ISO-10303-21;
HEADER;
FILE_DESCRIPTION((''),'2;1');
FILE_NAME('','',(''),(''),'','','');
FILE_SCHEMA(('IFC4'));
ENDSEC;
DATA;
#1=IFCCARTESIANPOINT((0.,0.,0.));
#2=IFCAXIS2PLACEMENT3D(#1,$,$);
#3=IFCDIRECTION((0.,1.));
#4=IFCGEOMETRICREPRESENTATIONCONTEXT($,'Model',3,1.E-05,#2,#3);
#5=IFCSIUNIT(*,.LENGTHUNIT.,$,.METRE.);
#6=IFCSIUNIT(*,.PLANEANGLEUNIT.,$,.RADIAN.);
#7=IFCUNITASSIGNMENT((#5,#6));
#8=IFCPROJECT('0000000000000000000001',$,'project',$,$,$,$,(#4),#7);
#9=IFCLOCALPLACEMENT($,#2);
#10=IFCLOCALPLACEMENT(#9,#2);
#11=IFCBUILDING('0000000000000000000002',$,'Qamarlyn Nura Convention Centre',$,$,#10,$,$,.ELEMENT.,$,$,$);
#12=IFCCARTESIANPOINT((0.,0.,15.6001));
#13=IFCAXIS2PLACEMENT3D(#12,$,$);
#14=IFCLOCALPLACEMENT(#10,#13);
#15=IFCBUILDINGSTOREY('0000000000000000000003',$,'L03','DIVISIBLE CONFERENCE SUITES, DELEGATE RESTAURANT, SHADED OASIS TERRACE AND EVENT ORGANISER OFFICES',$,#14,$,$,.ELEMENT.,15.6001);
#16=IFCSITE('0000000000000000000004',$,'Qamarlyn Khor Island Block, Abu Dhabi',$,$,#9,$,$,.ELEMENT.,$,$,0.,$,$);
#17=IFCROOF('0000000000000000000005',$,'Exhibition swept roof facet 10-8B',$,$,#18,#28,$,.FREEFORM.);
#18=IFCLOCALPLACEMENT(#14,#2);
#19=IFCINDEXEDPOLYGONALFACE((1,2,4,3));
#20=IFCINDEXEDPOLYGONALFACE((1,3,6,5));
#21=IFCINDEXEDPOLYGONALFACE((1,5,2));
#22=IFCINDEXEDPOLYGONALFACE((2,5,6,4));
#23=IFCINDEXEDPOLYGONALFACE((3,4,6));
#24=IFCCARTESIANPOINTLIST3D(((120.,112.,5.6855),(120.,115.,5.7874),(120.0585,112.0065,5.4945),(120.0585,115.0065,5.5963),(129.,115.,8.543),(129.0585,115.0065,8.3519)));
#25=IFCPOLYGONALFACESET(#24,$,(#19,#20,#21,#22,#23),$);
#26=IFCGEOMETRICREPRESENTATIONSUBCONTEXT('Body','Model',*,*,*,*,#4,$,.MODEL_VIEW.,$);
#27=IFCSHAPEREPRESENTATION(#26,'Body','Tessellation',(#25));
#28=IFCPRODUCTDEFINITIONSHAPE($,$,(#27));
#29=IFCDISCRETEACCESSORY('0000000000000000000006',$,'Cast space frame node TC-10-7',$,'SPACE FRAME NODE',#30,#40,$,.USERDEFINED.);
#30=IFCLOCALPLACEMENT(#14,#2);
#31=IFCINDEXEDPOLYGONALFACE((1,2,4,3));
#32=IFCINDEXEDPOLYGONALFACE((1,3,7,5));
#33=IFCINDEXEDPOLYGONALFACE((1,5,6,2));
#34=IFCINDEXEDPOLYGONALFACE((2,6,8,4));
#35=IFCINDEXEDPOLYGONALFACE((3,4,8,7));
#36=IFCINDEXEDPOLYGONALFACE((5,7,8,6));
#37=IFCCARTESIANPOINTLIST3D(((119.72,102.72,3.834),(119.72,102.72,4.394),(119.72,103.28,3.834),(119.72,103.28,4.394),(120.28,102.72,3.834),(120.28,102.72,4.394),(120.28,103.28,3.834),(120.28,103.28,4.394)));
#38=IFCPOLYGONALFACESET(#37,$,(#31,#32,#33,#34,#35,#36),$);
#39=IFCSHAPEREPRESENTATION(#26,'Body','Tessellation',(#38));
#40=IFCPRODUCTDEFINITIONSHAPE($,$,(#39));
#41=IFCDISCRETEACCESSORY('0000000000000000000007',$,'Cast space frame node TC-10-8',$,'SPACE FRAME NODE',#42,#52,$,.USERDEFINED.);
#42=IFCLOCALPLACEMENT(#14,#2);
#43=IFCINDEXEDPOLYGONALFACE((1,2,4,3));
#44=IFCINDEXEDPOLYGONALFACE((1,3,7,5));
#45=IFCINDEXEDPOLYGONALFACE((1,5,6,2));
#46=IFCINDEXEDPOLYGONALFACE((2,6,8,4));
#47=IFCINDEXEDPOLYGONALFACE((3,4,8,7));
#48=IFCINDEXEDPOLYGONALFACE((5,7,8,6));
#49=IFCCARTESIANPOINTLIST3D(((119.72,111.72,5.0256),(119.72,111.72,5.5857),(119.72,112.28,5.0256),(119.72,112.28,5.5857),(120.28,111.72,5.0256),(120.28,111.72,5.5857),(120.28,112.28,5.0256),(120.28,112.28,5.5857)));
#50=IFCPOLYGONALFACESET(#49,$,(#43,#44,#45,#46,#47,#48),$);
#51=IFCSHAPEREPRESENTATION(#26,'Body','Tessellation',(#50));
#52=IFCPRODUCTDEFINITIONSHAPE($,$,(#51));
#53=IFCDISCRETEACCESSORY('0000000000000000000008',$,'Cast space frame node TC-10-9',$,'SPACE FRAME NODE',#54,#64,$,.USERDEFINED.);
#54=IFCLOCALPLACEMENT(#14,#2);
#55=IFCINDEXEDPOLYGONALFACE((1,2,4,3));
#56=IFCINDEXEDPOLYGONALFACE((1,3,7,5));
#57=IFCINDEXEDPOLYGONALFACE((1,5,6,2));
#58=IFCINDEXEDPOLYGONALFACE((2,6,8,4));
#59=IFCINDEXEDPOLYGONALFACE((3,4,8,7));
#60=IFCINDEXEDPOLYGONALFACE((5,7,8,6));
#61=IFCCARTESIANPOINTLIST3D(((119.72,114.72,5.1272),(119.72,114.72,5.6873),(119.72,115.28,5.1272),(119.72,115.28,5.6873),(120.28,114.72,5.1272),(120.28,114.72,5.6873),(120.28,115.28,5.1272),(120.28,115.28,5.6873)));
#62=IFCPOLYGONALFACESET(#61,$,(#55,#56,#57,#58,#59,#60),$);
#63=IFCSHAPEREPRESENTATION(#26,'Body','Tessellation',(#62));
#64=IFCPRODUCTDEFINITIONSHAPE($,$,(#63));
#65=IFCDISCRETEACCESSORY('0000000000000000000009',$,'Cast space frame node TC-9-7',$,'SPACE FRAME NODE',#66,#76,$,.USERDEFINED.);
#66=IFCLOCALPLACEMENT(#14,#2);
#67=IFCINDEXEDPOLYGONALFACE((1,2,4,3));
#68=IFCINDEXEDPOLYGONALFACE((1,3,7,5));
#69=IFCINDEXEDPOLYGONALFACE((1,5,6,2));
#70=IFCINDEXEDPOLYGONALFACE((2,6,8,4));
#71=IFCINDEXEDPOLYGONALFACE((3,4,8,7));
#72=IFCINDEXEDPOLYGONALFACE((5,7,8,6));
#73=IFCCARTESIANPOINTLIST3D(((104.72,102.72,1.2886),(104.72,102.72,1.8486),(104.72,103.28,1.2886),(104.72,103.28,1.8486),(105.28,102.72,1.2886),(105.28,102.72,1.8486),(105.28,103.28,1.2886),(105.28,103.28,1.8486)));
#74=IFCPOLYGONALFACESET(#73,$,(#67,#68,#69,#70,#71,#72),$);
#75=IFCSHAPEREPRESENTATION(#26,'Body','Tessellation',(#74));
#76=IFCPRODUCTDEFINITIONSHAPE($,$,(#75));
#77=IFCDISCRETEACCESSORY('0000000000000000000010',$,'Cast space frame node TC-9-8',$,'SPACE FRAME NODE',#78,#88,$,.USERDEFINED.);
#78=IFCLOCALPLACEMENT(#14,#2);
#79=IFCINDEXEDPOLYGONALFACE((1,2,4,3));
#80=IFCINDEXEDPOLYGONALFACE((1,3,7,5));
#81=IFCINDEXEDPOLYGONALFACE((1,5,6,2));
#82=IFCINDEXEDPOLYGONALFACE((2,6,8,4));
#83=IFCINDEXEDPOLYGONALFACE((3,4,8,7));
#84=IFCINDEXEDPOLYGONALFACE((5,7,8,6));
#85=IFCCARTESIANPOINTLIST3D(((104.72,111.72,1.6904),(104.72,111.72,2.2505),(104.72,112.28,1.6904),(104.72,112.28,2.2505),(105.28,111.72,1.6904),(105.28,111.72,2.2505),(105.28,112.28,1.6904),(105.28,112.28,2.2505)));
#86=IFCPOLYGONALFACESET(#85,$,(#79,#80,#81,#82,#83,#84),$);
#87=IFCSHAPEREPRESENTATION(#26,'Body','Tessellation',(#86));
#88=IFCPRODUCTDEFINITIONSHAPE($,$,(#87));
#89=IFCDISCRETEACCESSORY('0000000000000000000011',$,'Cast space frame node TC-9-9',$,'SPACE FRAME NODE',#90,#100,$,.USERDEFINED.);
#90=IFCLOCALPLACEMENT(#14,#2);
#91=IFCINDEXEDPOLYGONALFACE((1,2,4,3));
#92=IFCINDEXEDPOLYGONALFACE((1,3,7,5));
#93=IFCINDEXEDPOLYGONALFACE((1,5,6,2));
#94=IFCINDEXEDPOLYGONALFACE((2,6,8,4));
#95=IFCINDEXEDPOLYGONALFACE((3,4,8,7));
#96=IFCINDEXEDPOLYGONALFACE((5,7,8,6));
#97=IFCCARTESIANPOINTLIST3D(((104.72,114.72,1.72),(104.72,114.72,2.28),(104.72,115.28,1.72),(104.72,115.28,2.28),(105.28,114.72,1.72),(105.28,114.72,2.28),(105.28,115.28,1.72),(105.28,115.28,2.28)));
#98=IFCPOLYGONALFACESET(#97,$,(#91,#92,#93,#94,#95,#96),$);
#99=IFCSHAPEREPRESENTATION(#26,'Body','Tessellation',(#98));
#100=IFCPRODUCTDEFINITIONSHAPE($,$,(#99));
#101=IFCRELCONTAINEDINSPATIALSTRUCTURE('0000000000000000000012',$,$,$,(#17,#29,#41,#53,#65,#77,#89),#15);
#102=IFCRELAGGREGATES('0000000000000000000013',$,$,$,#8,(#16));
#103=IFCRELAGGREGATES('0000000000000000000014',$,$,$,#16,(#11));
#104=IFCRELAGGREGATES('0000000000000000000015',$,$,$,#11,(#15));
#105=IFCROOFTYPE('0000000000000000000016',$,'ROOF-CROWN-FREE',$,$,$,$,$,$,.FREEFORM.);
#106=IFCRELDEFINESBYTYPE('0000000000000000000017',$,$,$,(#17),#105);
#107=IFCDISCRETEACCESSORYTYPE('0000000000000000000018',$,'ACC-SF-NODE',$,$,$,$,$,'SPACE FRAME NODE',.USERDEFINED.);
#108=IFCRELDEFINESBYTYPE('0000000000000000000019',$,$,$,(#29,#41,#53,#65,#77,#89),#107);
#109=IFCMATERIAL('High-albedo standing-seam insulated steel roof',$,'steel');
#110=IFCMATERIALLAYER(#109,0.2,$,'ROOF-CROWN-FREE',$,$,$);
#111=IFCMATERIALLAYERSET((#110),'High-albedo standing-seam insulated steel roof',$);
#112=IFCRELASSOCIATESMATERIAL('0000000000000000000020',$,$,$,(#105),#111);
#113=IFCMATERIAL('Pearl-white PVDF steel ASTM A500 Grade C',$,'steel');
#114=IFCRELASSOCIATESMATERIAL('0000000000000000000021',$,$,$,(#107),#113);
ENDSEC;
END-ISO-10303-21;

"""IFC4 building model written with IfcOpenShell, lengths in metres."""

from ifc_helpers import new_model, si_unit, direction, frame, origin, origin_2d, place, context, subcontext, project, spatial, polyline, rectangle, outline, extrude, material, layer, layer_set, type_object, element, save


model = new_model("IFC4")

# Units and contexts
model_context = context("Model", 3, precision=1e-05, world=origin(), true_north=direction((0.0, 1.0)))
body_context = subcontext(model_context, "Body", "Model", "MODEL_VIEW")
ifc_project = project(units=[si_unit("LENGTHUNIT", "METRE"), si_unit("PLANEANGLEUNIT", "RADIAN")], contexts=[model_context])

# Site, building, storey
site_placement = place(None, origin())
site = spatial("IfcSite", under=ifc_project, at=site_placement, Name="Qamarlyn Khor Island Block, Abu Dhabi", CompositionType="ELEMENT", RefElevation=0.0)
building_placement = place(site_placement, origin())
building = spatial("IfcBuilding", under=site, at=building_placement, Name="Qamarlyn Nura Convention Centre", CompositionType="ELEMENT")
storey_placement = place(building_placement, frame((0.0, 0.0, 15.6001)))
storey = spatial("IfcBuildingStorey", under=building, at=storey_placement, Name="L03", Description="DIVISIBLE CONFERENCE SUITES, DELEGATE RESTAURANT, SHADED OASIS TERRACE AND EVENT ORGANISER OFFICES", CompositionType="ELEMENT", Elevation=15.6001)

# Shared definitions
ifc_material_1 = material(Name="Pearl-white PVDF steel ASTM A500 Grade C", Category="steel")

# Roof
ifc_material_2 = material(Name="High-albedo standing-seam insulated steel roof", Category="steel")
ifc_layer = layer(ifc_material_2, 0.2, Name="ROOF-CROWN-FREE")
ifc_layer_set = layer_set([ifc_layer], Name="High-albedo standing-seam insulated steel roof")
roof_type = type_object("IfcRoofType", Name="ROOF-CROWN-FREE", PredefinedType="FREEFORM", material=ifc_layer_set)
roof_1_placement = place(storey_placement, frame((120.0, 112.0, 5.6855), z_axis=(-0.29261, -0.032432, 0.955682), x_axis=(0.908374, 0.302791, 0.288401)))
element("IfcRoof", 1, at=roof_1_placement, inside=storey, type_object=roof_type, Name="Exhibition swept roof facet 10-8B", PredefinedType="FREEFORM", context=body_context, shape_type="SweptSolid", body=[
    extrude(outline(polyline([(0.0, 0.0), (9.9078, 0.0), (0.9377, 2.8515), (0.0, 0.0)])), origin(), (0.0, 0.0, -1.0), 0.2),
])

# Discrete accessories
discrete_accessory_type = type_object("IfcDiscreteAccessoryType", Name="ACC-SF-NODE", ElementType="SPACE FRAME NODE", PredefinedType="USERDEFINED", material=ifc_material_1)
for number, where, z_axis, x_axis, name in (
    (2, (120.0, 103.0, 3.834), (0.0, 0.0, 1.0), (1.0, 0.0, 0.0), "Cast space frame node TC-10-7"),
    (3, (120.0, 112.0, 5.0256), (0.0, 0.0, 1.0), (1.0, 0.0, 0.0), "Cast space frame node TC-10-8"),
    (4, (120.0, 115.0, 5.1272), (0.0, 0.0, 1.0), (1.0, 0.0, 0.0), "Cast space frame node TC-10-9"),
    (5, (105.0, 103.0, 1.2886), (0.0, 0.0, 1.0), (1.0, 0.0, 0.0), "Cast space frame node TC-9-7"),
    (6, (105.0, 112.0, 1.6904), (0.0, 0.0, 1.0), (1.0, 0.0, 0.0), "Cast space frame node TC-9-8"),
    (7, (105.0, 115.0, 1.72), (0.0, 0.0, 1.0), (1.0, 0.0, 0.0), "Cast space frame node TC-9-9"),
):
    element("IfcDiscreteAccessory", number, at=place(storey_placement, frame(where, z_axis=z_axis, x_axis=x_axis)), inside=storey, type_object=discrete_accessory_type, Name=name, ObjectType="SPACE FRAME NODE", PredefinedType="USERDEFINED", context=body_context, shape_type="SweptSolid", body=[
        extrude(rectangle(XDim=0.5601, YDim=0.5601, at=origin_2d()), origin(), (0.0, 0.0, 1.0), 0.5601),
    ])

save(model, "model.ifc")
